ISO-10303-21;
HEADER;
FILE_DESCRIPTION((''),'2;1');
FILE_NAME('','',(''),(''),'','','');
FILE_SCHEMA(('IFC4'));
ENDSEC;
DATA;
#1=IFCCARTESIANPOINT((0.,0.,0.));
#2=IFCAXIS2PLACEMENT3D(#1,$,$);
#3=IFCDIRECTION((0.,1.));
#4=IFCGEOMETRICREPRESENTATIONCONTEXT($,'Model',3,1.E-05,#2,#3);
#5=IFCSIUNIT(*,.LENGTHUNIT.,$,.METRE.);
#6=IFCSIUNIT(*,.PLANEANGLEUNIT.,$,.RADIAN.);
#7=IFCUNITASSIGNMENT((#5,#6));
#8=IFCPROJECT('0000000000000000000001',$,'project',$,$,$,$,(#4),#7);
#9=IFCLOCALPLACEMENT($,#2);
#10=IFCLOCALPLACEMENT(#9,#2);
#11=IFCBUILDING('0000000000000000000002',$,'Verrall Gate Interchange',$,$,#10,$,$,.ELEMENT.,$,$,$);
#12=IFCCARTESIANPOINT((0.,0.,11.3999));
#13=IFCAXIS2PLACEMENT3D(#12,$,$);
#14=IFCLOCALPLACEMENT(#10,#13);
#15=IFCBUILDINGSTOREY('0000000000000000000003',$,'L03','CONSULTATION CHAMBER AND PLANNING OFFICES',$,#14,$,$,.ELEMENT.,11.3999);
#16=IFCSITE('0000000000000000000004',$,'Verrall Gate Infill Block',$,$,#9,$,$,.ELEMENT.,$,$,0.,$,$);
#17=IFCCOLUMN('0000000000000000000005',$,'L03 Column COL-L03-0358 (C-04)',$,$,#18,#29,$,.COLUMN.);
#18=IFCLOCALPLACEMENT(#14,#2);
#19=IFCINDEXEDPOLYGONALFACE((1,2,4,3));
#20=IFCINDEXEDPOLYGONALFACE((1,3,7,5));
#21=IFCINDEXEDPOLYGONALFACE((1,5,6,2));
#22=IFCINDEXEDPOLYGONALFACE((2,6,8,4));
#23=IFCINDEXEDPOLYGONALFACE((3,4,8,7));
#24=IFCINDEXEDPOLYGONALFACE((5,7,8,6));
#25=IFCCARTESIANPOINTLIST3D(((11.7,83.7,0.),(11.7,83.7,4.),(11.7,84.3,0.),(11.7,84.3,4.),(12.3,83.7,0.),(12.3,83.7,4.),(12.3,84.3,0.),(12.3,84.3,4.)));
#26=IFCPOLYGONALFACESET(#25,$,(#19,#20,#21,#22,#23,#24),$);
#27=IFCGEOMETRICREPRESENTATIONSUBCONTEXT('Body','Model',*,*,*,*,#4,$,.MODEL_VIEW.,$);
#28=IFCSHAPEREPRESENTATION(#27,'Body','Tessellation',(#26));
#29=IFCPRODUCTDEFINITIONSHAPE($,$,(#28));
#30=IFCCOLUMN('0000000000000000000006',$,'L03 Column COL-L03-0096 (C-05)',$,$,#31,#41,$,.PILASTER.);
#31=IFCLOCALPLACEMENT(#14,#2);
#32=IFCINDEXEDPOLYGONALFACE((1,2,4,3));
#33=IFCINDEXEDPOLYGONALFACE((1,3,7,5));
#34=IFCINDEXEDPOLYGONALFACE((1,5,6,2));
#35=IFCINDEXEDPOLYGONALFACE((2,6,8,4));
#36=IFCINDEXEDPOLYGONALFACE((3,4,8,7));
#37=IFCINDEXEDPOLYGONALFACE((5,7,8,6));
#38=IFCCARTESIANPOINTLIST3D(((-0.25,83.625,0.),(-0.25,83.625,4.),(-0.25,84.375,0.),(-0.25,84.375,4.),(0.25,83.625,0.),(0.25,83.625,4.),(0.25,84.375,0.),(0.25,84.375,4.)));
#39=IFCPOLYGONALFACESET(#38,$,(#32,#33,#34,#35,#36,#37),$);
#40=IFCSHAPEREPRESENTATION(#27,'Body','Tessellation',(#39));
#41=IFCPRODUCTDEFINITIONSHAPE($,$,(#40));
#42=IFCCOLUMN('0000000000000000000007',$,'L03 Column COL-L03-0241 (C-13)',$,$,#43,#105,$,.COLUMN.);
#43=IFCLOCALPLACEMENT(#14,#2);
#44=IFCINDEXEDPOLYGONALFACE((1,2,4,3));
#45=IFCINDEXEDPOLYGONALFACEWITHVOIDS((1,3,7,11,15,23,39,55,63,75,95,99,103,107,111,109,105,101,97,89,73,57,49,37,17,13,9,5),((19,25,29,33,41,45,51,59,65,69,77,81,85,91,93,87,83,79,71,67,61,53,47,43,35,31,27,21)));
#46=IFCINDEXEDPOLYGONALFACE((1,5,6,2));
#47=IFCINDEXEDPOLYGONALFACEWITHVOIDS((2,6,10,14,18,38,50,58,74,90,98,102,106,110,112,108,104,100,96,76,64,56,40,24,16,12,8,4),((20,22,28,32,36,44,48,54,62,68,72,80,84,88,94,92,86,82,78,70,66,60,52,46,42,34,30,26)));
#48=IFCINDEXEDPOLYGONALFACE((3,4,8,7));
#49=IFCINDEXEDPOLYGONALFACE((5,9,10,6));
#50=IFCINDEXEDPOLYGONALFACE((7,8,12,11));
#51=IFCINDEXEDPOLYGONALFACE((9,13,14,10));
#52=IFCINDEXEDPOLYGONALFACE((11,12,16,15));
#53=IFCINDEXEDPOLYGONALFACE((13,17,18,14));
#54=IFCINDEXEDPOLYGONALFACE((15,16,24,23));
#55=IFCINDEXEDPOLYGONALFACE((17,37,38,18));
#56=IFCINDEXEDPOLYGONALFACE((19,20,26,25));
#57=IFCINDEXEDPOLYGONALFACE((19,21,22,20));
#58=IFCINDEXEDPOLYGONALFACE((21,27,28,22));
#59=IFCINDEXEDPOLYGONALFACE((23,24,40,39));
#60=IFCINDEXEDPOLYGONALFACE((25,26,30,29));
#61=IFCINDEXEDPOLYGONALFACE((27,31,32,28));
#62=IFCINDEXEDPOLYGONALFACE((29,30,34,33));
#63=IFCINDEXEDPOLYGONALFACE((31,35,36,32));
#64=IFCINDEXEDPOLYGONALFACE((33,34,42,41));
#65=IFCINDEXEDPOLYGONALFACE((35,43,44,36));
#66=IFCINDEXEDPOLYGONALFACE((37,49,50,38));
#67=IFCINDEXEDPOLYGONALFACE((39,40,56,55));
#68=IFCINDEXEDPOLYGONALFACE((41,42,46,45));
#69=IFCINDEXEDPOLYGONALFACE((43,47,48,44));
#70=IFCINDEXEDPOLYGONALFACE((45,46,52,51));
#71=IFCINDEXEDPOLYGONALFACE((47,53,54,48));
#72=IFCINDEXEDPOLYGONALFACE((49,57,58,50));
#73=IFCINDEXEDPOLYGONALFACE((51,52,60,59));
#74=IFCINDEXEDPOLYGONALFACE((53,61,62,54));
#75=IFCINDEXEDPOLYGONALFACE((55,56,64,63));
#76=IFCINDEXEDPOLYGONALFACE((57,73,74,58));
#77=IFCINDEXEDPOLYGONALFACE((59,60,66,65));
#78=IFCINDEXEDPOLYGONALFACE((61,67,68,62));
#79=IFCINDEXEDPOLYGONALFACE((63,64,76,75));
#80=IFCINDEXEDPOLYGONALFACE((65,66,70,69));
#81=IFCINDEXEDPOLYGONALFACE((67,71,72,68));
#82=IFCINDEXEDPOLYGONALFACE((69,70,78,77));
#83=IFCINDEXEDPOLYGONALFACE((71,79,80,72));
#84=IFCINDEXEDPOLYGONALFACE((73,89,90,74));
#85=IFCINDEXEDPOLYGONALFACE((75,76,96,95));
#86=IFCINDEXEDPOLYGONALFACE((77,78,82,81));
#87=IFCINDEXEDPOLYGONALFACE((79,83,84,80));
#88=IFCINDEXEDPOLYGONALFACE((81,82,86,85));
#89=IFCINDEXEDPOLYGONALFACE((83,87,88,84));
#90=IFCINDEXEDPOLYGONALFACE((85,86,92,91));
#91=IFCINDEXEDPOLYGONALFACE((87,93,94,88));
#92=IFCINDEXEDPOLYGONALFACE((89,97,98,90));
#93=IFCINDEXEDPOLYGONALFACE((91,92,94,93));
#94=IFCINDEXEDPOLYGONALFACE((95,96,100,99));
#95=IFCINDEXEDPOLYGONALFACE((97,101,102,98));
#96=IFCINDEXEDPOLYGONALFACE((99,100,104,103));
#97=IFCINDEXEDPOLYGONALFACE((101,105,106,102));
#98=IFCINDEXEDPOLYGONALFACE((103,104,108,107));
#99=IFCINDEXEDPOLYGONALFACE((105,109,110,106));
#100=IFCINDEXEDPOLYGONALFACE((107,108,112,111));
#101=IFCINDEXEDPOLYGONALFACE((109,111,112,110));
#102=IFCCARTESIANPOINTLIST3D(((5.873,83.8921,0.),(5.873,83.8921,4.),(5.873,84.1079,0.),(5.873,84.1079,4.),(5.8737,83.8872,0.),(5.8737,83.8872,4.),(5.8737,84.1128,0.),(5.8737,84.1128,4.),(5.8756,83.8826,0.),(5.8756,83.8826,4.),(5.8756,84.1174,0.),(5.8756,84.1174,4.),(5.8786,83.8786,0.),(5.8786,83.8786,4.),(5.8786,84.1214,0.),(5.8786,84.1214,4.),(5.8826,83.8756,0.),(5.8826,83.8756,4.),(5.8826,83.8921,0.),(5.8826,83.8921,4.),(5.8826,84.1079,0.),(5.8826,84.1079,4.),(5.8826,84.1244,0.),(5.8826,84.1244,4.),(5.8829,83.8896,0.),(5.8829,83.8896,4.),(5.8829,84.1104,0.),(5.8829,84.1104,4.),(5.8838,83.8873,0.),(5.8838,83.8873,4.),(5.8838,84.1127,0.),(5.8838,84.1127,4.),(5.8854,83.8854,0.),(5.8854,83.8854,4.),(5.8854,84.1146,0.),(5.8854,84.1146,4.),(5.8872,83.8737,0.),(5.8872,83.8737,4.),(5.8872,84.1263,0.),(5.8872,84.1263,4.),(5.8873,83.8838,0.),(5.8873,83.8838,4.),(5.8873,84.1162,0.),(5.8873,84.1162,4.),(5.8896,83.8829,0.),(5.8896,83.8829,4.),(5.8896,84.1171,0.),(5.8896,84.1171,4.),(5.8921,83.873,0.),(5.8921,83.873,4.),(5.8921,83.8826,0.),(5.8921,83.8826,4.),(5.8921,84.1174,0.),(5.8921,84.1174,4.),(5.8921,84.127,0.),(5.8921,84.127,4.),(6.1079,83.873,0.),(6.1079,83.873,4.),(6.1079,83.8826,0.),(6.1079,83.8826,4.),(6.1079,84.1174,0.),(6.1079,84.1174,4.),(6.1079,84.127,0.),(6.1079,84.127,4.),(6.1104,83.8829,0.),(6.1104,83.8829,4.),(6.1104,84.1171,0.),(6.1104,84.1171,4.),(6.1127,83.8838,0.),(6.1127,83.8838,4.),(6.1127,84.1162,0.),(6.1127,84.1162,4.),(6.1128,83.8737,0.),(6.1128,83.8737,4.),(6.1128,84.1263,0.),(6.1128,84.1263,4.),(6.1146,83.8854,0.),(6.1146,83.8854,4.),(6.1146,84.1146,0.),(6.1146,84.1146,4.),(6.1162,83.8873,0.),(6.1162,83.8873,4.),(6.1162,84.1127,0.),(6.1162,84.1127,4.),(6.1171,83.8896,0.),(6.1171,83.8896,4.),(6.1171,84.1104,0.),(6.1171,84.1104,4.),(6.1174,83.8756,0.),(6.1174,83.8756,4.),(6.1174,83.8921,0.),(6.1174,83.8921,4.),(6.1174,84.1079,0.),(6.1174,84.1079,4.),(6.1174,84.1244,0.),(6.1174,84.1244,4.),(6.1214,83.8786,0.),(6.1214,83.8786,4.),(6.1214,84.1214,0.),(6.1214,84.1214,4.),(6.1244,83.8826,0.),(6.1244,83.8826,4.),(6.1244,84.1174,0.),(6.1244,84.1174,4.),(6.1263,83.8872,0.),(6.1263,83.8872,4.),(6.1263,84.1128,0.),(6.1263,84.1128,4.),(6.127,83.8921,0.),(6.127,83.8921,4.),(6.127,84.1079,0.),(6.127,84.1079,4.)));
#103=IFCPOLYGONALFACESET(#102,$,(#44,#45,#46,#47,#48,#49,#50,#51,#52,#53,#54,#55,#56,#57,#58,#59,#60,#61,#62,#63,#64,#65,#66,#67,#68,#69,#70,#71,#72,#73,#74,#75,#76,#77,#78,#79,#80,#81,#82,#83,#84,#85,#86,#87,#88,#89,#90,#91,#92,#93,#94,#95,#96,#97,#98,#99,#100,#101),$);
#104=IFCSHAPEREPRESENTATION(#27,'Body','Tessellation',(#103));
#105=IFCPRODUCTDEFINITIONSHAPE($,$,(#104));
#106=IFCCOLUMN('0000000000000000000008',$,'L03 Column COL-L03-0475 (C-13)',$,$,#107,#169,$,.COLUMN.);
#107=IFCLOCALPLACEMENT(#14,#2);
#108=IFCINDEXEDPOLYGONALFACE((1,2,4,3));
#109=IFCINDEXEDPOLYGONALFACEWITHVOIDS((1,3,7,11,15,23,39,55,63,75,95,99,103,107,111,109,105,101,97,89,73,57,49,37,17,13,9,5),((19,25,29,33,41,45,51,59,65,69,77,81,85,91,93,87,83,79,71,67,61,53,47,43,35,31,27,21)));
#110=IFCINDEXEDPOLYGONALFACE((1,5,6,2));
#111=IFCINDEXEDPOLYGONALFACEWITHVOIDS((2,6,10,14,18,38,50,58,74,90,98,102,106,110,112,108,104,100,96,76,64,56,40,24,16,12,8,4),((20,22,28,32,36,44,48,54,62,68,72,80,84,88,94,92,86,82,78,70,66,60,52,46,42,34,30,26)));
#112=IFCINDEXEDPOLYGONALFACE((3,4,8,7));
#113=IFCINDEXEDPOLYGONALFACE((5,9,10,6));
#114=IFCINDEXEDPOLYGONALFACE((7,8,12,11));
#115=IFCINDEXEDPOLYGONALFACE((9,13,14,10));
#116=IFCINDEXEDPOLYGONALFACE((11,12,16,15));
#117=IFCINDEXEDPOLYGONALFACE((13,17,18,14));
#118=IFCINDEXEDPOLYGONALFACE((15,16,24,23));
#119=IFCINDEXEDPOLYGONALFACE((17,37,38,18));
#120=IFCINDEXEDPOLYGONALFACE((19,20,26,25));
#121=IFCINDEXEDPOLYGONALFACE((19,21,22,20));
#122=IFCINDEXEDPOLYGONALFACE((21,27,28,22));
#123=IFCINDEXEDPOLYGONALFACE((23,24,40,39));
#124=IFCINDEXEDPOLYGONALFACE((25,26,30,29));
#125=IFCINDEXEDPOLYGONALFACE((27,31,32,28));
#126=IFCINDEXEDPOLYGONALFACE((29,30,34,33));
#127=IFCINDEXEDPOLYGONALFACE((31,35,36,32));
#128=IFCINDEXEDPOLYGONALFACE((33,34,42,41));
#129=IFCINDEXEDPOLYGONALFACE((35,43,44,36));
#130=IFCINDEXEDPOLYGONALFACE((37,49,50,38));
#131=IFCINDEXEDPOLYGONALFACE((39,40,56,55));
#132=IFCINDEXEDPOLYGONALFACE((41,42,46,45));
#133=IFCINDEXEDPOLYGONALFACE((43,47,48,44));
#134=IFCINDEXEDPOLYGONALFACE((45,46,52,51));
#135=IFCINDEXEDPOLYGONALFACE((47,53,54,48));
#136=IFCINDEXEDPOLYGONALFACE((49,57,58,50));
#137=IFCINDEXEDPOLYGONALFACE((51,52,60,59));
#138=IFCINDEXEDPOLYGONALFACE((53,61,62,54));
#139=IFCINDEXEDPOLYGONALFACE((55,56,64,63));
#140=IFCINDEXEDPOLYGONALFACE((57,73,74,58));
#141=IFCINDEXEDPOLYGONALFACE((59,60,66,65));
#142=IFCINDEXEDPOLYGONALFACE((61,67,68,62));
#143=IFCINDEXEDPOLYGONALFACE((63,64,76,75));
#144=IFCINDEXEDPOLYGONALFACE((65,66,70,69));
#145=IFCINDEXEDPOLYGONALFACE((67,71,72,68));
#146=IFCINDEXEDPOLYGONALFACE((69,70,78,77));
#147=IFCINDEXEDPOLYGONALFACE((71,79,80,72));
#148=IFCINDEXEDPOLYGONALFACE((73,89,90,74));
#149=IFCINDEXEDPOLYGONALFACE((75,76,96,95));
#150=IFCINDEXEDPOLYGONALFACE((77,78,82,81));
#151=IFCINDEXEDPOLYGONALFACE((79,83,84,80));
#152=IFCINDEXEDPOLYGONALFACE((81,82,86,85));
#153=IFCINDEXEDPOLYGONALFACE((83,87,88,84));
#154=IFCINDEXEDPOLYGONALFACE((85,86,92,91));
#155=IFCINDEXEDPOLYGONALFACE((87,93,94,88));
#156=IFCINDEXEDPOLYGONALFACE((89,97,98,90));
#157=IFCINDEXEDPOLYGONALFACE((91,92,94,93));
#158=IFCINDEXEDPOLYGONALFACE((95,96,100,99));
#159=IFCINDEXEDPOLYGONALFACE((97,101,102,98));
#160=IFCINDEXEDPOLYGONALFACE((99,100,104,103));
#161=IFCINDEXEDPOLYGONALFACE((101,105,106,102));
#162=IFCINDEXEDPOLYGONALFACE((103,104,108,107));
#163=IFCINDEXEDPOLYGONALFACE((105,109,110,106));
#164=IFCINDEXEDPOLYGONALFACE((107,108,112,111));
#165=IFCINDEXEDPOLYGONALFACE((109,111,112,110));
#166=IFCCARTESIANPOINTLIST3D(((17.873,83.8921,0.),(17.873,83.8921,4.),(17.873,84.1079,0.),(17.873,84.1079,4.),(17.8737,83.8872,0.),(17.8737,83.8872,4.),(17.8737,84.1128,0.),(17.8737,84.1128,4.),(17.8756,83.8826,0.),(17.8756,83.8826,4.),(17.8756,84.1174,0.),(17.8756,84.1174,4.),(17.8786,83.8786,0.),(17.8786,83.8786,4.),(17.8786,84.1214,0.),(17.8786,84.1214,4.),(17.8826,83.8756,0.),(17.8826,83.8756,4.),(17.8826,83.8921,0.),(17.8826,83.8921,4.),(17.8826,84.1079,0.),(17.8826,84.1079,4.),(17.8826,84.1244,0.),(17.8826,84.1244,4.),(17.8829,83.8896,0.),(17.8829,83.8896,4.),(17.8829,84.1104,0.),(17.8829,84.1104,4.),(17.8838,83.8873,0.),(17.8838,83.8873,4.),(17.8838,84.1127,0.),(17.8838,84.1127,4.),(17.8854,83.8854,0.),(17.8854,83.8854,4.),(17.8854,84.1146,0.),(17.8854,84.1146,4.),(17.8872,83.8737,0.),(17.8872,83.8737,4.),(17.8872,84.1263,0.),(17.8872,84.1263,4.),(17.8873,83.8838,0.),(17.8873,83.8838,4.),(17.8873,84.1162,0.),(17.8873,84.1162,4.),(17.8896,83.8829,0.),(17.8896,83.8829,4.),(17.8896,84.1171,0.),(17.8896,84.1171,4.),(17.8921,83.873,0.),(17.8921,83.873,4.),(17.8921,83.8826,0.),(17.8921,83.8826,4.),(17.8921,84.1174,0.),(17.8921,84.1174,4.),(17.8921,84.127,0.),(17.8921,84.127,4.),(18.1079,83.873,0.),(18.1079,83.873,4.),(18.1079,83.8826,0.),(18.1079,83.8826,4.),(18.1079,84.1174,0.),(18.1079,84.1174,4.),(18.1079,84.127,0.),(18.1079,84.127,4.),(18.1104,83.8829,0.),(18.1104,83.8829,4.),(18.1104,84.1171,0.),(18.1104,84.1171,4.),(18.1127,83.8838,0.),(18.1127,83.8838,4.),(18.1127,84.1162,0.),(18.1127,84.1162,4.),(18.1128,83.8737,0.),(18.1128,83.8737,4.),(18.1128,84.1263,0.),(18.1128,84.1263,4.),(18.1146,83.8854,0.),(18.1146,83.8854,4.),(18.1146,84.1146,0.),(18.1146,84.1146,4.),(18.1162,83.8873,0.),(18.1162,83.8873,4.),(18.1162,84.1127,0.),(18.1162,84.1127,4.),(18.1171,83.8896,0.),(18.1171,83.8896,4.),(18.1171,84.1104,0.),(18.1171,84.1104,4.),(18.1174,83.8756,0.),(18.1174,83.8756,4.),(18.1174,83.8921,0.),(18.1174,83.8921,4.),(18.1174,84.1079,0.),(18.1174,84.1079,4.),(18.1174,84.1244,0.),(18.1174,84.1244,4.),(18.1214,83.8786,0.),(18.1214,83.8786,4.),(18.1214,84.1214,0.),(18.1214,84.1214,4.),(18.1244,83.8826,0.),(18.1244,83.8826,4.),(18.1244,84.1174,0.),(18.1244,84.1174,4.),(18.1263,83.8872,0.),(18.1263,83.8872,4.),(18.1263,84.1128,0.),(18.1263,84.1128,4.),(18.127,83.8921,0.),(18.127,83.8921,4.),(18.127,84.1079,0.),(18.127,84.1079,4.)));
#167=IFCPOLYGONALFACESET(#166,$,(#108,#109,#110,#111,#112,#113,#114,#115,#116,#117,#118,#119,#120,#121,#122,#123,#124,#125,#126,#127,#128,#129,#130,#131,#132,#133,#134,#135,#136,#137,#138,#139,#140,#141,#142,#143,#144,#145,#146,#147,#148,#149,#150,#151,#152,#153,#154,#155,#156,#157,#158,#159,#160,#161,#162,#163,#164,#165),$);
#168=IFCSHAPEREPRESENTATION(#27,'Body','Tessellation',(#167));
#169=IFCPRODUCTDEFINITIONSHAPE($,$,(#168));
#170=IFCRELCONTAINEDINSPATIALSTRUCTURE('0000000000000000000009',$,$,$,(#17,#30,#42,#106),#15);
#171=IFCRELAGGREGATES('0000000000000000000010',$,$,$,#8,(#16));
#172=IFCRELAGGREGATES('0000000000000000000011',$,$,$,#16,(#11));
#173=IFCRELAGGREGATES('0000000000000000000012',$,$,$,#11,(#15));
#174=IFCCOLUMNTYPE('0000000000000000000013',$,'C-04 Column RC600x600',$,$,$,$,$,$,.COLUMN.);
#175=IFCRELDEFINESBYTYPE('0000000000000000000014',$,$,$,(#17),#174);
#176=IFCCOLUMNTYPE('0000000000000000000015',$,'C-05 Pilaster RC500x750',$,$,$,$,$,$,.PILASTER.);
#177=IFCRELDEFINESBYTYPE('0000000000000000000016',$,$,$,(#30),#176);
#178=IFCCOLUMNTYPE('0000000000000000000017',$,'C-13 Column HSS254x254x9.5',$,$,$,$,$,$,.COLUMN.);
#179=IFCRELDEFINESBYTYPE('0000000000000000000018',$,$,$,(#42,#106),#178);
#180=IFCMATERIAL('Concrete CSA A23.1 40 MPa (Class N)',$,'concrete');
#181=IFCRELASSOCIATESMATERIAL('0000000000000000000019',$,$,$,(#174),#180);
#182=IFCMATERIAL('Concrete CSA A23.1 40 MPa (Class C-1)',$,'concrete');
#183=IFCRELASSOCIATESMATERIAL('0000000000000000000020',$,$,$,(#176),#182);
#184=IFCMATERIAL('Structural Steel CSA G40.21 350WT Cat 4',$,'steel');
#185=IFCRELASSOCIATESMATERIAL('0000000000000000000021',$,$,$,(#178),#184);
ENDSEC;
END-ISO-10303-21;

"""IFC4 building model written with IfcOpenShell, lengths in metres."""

from ifc_helpers import new_model, si_unit, direction, frame, origin, origin_2d, place, context, subcontext, project, spatial, rectangle, hollow_rectangle, extrude, material, material_profile, profile_set, type_object, element, save


model = new_model("IFC4")

# Units and contexts
model_context = context("Model", 3, precision=1e-05, world=origin(), true_north=direction((0.0, 1.0)))
body_context = subcontext(model_context, "Body", "Model", "MODEL_VIEW")
ifc_project = project(units=[si_unit("LENGTHUNIT", "METRE"), si_unit("PLANEANGLEUNIT", "RADIAN")], contexts=[model_context])

# Site, building, storey
site_placement = place(None, origin())
site = spatial("IfcSite", under=ifc_project, at=site_placement, Name="Verrall Gate Infill Block", CompositionType="ELEMENT", RefElevation=0.0)
building_placement = place(site_placement, origin())
building = spatial("IfcBuilding", under=site, at=building_placement, Name="Verrall Gate Interchange", CompositionType="ELEMENT")
storey_placement = place(building_placement, frame((0.0, 0.0, 11.3999)))
storey = spatial("IfcBuildingStorey", under=building, at=storey_placement, Name="L03", Description="CONSULTATION CHAMBER AND PLANNING OFFICES", CompositionType="ELEMENT", Elevation=11.3999)

# Columns
ifc_material_1 = material(Name="Concrete CSA A23.1 40 MPa (Class N)", Category="concrete")
ifc_material_profile_1 = material_profile(ifc_material_1, rectangle(XDim=0.6001, YDim=0.6001, at=origin_2d()), Name="RC600x600")
ifc_profile_set_1 = profile_set([ifc_material_profile_1], Name="Concrete CSA A23.1 40 MPa (Class N)")
column_type_1 = type_object("IfcColumnType", Name="C-04 Column RC600x600", PredefinedType="COLUMN", material=ifc_profile_set_1)
column_1_placement = place(storey_placement, frame((12.0, 84.0, 0.0), z_axis=(0.0, 0.0, 1.0), x_axis=(1.0, 0.0, 0.0)))
element("IfcColumn", 1, at=column_1_placement, inside=storey, type_object=column_type_1, Name="L03 Column COL-L03-0358 (C-04)", PredefinedType="COLUMN", context=body_context, shape_type="SweptSolid", body=[
    extrude(rectangle(XDim=0.6001, YDim=0.6001, at=origin_2d()), origin(), (0.0, 0.0, 1.0), 4.0),
])
ifc_material_2 = material(Name="Concrete CSA A23.1 40 MPa (Class C-1)", Category="concrete")
ifc_material_profile_2 = material_profile(ifc_material_2, rectangle(XDim=0.5, YDim=0.75, at=origin_2d()), Name="RC500x750")
ifc_profile_set_2 = profile_set([ifc_material_profile_2], Name="Concrete CSA A23.1 40 MPa (Class C-1)")
column_type_2 = type_object("IfcColumnType", Name="C-05 Pilaster RC500x750", PredefinedType="PILASTER", material=ifc_profile_set_2)
column_2_placement = place(storey_placement, frame((0.0, 84.0, 0.0), z_axis=(0.0, 0.0, 1.0), x_axis=(1.0, 0.0, 0.0)))
element("IfcColumn", 2, at=column_2_placement, inside=storey, type_object=column_type_2, Name="L03 Column COL-L03-0096 (C-05)", PredefinedType="PILASTER", context=body_context, shape_type="SweptSolid", body=[
    extrude(rectangle(XDim=0.5, YDim=0.75, at=origin_2d()), origin(), (0.0, 0.0, 1.0), 4.0),
])
ifc_material_3 = material(Name="Structural Steel CSA G40.21 350WT Cat 4", Category="steel")
ifc_material_profile_3 = material_profile(ifc_material_3, hollow_rectangle(XDim=0.2539, YDim=0.2539, WallThickness=0.0095, InnerFilletRadius=0.0095, OuterFilletRadius=0.019, at=origin_2d()), Name="HSS254x254x9.5")
ifc_profile_set_3 = profile_set([ifc_material_profile_3], Name="Structural Steel CSA G40.21 350WT Cat 4")
column_type_3 = type_object("IfcColumnType", Name="C-13 Column HSS254x254x9.5", PredefinedType="COLUMN", material=ifc_profile_set_3)
for number, where, z_axis, x_axis, name in (
    (3, (6.0, 84.0, 0.0), (0.0, 0.0, 1.0), (1.0, 0.0, 0.0), "L03 Column COL-L03-0241 (C-13)"),
    (4, (18.0, 84.0, 0.0), (0.0, 0.0, 1.0), (1.0, 0.0, 0.0), "L03 Column COL-L03-0475 (C-13)"),
):
    element("IfcColumn", number, at=place(storey_placement, frame(where, z_axis=z_axis, x_axis=x_axis)), inside=storey, type_object=column_type_3, Name=name, PredefinedType="COLUMN", context=body_context, shape_type="SweptSolid", body=[
        extrude(hollow_rectangle(XDim=0.2539, YDim=0.2539, WallThickness=0.0095, InnerFilletRadius=0.0095, OuterFilletRadius=0.019, at=origin_2d()), origin(), (0.0, 0.0, 1.0), 4.0),
    ])

save(model, "model.ifc")
